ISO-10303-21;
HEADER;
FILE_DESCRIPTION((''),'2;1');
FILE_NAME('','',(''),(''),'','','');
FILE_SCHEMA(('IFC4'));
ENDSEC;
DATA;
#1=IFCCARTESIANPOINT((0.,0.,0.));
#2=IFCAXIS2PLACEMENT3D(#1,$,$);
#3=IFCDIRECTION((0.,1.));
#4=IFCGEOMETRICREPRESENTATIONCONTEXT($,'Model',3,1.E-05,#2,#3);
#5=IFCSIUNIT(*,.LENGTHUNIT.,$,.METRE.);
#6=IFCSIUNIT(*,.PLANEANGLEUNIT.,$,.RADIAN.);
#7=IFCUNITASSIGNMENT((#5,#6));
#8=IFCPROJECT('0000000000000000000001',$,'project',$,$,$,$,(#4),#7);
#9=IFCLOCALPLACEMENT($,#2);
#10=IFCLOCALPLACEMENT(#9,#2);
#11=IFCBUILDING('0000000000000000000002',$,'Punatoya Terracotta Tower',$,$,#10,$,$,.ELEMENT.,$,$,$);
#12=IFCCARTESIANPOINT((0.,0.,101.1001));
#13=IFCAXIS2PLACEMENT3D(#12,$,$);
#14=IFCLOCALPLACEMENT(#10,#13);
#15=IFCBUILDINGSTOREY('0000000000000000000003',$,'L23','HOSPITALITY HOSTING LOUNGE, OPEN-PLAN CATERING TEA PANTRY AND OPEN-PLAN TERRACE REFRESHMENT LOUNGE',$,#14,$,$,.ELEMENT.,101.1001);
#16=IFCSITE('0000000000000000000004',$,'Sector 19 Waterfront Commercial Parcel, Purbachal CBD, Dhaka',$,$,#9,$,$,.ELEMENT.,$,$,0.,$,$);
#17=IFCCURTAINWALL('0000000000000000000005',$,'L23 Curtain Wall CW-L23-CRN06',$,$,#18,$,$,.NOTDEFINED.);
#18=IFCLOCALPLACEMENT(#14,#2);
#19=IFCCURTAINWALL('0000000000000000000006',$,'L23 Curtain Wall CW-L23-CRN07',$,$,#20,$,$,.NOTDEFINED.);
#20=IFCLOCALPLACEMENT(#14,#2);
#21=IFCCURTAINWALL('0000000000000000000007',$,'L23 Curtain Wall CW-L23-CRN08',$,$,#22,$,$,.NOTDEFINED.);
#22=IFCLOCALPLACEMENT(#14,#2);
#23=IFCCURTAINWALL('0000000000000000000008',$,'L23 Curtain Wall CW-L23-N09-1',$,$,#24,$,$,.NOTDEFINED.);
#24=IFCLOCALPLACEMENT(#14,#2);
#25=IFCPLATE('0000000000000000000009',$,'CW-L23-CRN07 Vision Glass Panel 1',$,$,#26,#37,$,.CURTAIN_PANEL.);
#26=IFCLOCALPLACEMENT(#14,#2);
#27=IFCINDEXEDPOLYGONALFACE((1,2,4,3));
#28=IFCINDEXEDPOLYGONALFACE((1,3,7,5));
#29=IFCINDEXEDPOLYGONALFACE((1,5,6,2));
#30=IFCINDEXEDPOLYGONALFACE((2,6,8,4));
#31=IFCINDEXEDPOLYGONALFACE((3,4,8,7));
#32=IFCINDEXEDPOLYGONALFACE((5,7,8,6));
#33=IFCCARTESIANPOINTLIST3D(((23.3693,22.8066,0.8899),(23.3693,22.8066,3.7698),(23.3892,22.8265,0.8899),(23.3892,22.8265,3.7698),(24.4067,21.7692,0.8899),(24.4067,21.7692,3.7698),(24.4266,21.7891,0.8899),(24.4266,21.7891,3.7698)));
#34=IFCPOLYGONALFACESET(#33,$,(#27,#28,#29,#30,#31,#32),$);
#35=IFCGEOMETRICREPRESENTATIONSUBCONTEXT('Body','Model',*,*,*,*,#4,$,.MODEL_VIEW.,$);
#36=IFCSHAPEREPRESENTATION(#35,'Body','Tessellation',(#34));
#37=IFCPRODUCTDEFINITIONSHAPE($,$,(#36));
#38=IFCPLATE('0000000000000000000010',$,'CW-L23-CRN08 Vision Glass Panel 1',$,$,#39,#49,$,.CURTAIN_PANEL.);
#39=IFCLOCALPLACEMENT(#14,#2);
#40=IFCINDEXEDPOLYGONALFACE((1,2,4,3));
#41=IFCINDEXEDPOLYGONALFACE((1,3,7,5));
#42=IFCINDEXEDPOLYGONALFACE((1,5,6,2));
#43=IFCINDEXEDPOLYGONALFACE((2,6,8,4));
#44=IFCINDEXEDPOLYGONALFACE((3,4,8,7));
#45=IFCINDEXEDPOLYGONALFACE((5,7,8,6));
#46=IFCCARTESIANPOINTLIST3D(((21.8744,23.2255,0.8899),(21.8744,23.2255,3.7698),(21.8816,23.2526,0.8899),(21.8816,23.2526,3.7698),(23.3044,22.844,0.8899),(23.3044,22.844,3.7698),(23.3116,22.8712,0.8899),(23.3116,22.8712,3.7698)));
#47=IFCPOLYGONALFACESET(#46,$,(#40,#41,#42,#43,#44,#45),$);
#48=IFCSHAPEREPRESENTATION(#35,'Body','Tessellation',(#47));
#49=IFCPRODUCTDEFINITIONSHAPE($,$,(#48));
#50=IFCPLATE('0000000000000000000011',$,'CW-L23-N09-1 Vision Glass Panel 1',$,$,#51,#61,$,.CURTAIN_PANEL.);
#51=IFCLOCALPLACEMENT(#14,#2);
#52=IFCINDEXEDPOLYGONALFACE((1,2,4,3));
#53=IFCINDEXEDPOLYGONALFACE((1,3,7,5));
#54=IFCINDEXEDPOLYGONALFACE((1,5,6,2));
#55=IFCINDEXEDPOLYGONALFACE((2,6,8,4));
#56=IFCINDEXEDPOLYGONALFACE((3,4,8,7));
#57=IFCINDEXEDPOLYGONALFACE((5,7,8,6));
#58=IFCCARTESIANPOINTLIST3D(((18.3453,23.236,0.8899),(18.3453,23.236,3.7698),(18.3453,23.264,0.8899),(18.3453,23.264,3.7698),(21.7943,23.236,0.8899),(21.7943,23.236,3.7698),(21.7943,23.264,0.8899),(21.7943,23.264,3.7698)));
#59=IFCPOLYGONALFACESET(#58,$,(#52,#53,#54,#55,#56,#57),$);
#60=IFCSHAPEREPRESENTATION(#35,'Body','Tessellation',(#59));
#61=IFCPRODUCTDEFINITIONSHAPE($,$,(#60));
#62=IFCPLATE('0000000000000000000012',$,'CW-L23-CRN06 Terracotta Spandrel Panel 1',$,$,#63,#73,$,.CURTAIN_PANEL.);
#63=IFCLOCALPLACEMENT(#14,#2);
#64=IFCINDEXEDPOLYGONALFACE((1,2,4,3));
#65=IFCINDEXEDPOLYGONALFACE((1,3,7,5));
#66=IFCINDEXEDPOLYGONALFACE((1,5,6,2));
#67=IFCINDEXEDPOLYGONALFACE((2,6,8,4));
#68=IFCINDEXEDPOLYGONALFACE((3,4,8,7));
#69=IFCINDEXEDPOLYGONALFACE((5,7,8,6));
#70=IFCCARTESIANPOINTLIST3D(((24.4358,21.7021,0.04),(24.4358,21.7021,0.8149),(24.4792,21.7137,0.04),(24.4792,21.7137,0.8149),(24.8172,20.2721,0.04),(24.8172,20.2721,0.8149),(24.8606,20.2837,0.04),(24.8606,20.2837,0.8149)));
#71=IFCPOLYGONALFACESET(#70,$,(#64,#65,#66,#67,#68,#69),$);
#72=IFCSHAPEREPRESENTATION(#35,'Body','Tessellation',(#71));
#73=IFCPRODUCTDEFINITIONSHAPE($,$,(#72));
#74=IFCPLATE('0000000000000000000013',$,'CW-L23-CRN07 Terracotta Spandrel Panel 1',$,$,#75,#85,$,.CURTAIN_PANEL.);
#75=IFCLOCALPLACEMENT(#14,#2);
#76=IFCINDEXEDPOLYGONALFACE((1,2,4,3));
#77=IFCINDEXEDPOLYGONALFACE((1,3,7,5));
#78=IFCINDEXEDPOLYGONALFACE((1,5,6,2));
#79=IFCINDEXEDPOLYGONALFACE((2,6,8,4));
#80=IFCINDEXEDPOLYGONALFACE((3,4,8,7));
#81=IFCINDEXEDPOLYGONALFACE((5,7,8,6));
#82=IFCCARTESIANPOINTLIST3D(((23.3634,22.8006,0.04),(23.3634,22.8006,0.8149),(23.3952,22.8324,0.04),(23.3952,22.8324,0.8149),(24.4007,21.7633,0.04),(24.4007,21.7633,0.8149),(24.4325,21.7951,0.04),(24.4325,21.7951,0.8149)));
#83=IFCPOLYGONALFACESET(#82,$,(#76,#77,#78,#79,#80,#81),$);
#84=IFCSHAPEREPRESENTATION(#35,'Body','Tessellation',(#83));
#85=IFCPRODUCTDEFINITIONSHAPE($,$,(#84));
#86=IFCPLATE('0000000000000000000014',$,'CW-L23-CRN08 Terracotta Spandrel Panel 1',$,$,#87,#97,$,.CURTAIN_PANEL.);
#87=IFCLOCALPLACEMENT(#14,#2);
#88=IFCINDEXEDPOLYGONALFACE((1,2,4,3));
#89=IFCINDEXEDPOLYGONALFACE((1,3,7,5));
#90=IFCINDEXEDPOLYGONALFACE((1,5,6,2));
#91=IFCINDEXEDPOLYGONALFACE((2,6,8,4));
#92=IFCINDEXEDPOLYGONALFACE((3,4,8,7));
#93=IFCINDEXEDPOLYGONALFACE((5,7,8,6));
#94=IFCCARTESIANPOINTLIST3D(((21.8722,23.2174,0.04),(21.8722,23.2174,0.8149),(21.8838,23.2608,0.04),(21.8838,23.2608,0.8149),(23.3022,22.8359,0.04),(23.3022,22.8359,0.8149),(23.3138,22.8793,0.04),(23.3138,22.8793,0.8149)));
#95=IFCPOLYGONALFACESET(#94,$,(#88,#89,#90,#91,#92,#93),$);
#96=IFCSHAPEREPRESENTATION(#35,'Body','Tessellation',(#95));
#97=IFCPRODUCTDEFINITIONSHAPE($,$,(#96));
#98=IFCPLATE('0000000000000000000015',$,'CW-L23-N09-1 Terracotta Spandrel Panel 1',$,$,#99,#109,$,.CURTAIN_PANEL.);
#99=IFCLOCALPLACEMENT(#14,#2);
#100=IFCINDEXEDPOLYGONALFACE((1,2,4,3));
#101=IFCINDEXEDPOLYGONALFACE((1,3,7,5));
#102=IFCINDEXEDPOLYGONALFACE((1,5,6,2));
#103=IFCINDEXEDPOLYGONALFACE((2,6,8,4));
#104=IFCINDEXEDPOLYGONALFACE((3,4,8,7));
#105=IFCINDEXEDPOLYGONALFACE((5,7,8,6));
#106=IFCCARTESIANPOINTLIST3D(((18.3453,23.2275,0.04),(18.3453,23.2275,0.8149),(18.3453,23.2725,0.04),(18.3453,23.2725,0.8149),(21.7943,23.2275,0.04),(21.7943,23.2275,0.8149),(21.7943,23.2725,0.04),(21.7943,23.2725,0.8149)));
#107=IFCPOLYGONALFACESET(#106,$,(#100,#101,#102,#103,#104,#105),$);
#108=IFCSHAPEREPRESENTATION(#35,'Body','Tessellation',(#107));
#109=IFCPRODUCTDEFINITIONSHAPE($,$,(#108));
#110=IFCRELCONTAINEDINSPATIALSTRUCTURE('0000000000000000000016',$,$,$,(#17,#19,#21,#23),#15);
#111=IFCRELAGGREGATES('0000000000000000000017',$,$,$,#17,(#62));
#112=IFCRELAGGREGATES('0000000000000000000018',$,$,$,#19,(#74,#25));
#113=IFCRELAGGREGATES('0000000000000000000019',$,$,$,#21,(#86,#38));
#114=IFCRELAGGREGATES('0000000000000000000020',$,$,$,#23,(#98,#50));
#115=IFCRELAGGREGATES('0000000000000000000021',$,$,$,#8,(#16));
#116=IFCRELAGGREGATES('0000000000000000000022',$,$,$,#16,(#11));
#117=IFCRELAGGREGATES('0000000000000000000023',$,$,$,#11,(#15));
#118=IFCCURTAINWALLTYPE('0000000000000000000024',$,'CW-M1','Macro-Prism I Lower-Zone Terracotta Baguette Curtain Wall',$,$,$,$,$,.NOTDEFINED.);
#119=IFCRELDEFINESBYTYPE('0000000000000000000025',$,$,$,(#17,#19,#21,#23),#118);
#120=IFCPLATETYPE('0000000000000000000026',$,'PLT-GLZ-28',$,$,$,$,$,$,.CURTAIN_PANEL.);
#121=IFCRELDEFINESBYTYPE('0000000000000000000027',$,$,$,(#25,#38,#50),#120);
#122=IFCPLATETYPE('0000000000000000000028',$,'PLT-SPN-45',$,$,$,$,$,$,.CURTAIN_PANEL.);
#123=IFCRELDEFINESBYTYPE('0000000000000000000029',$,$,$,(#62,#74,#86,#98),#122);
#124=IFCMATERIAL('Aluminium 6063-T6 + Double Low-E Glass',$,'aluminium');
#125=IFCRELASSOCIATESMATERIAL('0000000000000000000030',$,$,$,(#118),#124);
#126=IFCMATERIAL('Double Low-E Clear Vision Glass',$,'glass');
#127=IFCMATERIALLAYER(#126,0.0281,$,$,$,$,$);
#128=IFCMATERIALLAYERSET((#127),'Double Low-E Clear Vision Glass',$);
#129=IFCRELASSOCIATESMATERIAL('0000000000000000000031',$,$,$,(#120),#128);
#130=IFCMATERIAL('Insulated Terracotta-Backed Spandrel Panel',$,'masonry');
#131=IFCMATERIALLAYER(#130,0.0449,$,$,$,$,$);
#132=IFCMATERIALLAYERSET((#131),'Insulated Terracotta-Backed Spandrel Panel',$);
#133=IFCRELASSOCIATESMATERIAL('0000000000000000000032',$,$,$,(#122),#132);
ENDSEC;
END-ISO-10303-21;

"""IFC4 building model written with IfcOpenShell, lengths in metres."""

from ifc_helpers import new_model, si_unit, direction, frame, origin, origin_2d, place, context, subcontext, project, spatial, rectangle, extrude, material, layer, layer_set, type_object, element, aggregate, save


model = new_model("IFC4")

# Units and contexts
model_context = context("Model", 3, precision=1e-05, world=origin(), true_north=direction((0.0, 1.0)))
body_context = subcontext(model_context, "Body", "Model", "MODEL_VIEW")
ifc_project = project(units=[si_unit("LENGTHUNIT", "METRE"), si_unit("PLANEANGLEUNIT", "RADIAN")], contexts=[model_context])

# Site, building, storey
site_placement = place(None, origin())
site = spatial("IfcSite", under=ifc_project, at=site_placement, Name="Sector 19 Waterfront Commercial Parcel, Purbachal CBD, Dhaka", CompositionType="ELEMENT", RefElevation=0.0)
building_placement = place(site_placement, origin())
building = spatial("IfcBuilding", under=site, at=building_placement, Name="Punatoya Terracotta Tower", CompositionType="ELEMENT")
storey_placement = place(building_placement, frame((0.0, 0.0, 101.1001)))
storey = spatial("IfcBuildingStorey", under=building, at=storey_placement, Name="L23", Description="HOSPITALITY HOSTING LOUNGE, OPEN-PLAN CATERING TEA PANTRY AND OPEN-PLAN TERRACE REFRESHMENT LOUNGE", CompositionType="ELEMENT", Elevation=101.1001)

# Curtain walls
ifc_material_1 = material(Name="Aluminium 6063-T6 + Double Low-E Glass", Category="aluminium")
curtain_wall_type = type_object("IfcCurtainWallType", Name="CW-M1", Description="Macro-Prism I Lower-Zone Terracotta Baguette Curtain Wall", PredefinedType="NOTDEFINED", material=ifc_material_1)
curtain_wall_1_placement = place(storey_placement, origin())
curtain_wall_1 = element("IfcCurtainWall", 1, at=curtain_wall_1_placement, inside=storey, type_object=curtain_wall_type, Name="L23 Curtain Wall CW-L23-CRN06", PredefinedType="NOTDEFINED")
curtain_wall_2_placement = place(storey_placement, origin())
curtain_wall_2 = element("IfcCurtainWall", 2, at=curtain_wall_2_placement, inside=storey, type_object=curtain_wall_type, Name="L23 Curtain Wall CW-L23-CRN07", PredefinedType="NOTDEFINED")
curtain_wall_3_placement = place(storey_placement, origin())
curtain_wall_3 = element("IfcCurtainWall", 3, at=curtain_wall_3_placement, inside=storey, type_object=curtain_wall_type, Name="L23 Curtain Wall CW-L23-CRN08", PredefinedType="NOTDEFINED")

# Curtain wall
curtain_wall_4_placement = place(storey_placement, origin())
curtain_wall_4 = element("IfcCurtainWall", 4, at=curtain_wall_4_placement, inside=storey, type_object=curtain_wall_type, Name="L23 Curtain Wall CW-L23-N09-1", PredefinedType="NOTDEFINED")

# Plates
ifc_material_2 = material(Name="Double Low-E Clear Vision Glass", Category="glass")
ifc_layer_1 = layer(ifc_material_2, 0.0281)
ifc_layer_set_1 = layer_set([ifc_layer_1], Name="Double Low-E Clear Vision Glass")
plate_type_1 = type_object("IfcPlateType", Name="PLT-GLZ-28", PredefinedType="CURTAIN_PANEL", material=ifc_layer_set_1)
plate_1_placement = place(storey_placement, frame((23.8979, 22.2979, 0.8899), z_axis=(0.0, 0.0, 1.0), x_axis=(-0.707107, 0.707107, 0.0)))
plate_1 = element("IfcPlate", 5, at=plate_1_placement, type_object=plate_type_1, Name="CW-L23-CRN07 Vision Glass Panel 1", PredefinedType="CURTAIN_PANEL", context=body_context, shape_type="SweptSolid", body=[
    extrude(rectangle(XDim=1.467, YDim=0.0281, at=origin_2d()), origin(), (0.0, 0.0, 1.0), 2.8799),
])
plate_2_placement = place(storey_placement, frame((22.593, 23.0483, 0.8899), z_axis=(0.0, 0.0, 1.0), x_axis=(-0.966214, 0.257742, 0.0)))
plate_2 = element("IfcPlate", 6, at=plate_2_placement, type_object=plate_type_1, Name="CW-L23-CRN08 Vision Glass Panel 1", PredefinedType="CURTAIN_PANEL", context=body_context, shape_type="SweptSolid", body=[
    extrude(rectangle(XDim=1.48, YDim=0.0281, at=origin_2d()), origin(), (0.0, 0.0, 1.0), 2.8799),
])
plate_3_placement = place(storey_placement, frame((20.0698, 23.25, 0.8899), z_axis=(0.0, 0.0, 1.0), x_axis=(-1.0, 0.0, 0.0)))
plate_3 = element("IfcPlate", 7, at=plate_3_placement, type_object=plate_type_1, Name="CW-L23-N09-1 Vision Glass Panel 1", PredefinedType="CURTAIN_PANEL", context=body_context, shape_type="SweptSolid", body=[
    extrude(rectangle(XDim=3.449, YDim=0.0281, at=origin_2d()), origin(), (0.0, 0.0, 1.0), 2.8799),
])
ifc_material_3 = material(Name="Insulated Terracotta-Backed Spandrel Panel", Category="masonry")
ifc_layer_2 = layer(ifc_material_3, 0.0449)
ifc_layer_set_2 = layer_set([ifc_layer_2], Name="Insulated Terracotta-Backed Spandrel Panel")
plate_type_2 = type_object("IfcPlateType", Name="PLT-SPN-45", PredefinedType="CURTAIN_PANEL", material=ifc_layer_set_2)
plate_4_placement = place(storey_placement, frame((24.6482, 20.9929, 0.04), z_axis=(0.0, 0.0, 1.0), x_axis=(-0.257742, 0.966214, 0.0)))
plate_4 = element("IfcPlate", 8, at=plate_4_placement, type_object=plate_type_2, Name="CW-L23-CRN06 Terracotta Spandrel Panel 1", PredefinedType="CURTAIN_PANEL", context=body_context, shape_type="SweptSolid", body=[
    extrude(rectangle(XDim=1.48, YDim=0.0449, at=origin_2d()), origin(), (0.0, 0.0, 1.0), 0.7749),
])
aggregate(curtain_wall_1, [plate_4])
plate_5_placement = place(storey_placement, frame((23.8979, 22.2979, 0.04), z_axis=(0.0, 0.0, 1.0), x_axis=(-0.707107, 0.707107, 0.0)))
plate_5 = element("IfcPlate", 9, at=plate_5_placement, type_object=plate_type_2, Name="CW-L23-CRN07 Terracotta Spandrel Panel 1", PredefinedType="CURTAIN_PANEL", context=body_context, shape_type="SweptSolid", body=[
    extrude(rectangle(XDim=1.467, YDim=0.0449, at=origin_2d()), origin(), (0.0, 0.0, 1.0), 0.7749),
])
aggregate(curtain_wall_2, [plate_5, plate_1])
plate_6_placement = place(storey_placement, frame((22.593, 23.0483, 0.04), z_axis=(0.0, 0.0, 1.0), x_axis=(-0.966214, 0.257742, 0.0)))
plate_6 = element("IfcPlate", 10, at=plate_6_placement, type_object=plate_type_2, Name="CW-L23-CRN08 Terracotta Spandrel Panel 1", PredefinedType="CURTAIN_PANEL", context=body_context, shape_type="SweptSolid", body=[
    extrude(rectangle(XDim=1.48, YDim=0.0449, at=origin_2d()), origin(), (0.0, 0.0, 1.0), 0.7749),
])
aggregate(curtain_wall_3, [plate_6, plate_2])
plate_7_placement = place(storey_placement, frame((20.0698, 23.25, 0.04), z_axis=(0.0, 0.0, 1.0), x_axis=(-1.0, 0.0, 0.0)))
plate_7 = element("IfcPlate", 11, at=plate_7_placement, type_object=plate_type_2, Name="CW-L23-N09-1 Terracotta Spandrel Panel 1", PredefinedType="CURTAIN_PANEL", context=body_context, shape_type="SweptSolid", body=[
    extrude(rectangle(XDim=3.449, YDim=0.0449, at=origin_2d()), origin(), (0.0, 0.0, 1.0), 0.7749),
])
aggregate(curtain_wall_4, [plate_7, plate_3])

save(model, "model.ifc")
